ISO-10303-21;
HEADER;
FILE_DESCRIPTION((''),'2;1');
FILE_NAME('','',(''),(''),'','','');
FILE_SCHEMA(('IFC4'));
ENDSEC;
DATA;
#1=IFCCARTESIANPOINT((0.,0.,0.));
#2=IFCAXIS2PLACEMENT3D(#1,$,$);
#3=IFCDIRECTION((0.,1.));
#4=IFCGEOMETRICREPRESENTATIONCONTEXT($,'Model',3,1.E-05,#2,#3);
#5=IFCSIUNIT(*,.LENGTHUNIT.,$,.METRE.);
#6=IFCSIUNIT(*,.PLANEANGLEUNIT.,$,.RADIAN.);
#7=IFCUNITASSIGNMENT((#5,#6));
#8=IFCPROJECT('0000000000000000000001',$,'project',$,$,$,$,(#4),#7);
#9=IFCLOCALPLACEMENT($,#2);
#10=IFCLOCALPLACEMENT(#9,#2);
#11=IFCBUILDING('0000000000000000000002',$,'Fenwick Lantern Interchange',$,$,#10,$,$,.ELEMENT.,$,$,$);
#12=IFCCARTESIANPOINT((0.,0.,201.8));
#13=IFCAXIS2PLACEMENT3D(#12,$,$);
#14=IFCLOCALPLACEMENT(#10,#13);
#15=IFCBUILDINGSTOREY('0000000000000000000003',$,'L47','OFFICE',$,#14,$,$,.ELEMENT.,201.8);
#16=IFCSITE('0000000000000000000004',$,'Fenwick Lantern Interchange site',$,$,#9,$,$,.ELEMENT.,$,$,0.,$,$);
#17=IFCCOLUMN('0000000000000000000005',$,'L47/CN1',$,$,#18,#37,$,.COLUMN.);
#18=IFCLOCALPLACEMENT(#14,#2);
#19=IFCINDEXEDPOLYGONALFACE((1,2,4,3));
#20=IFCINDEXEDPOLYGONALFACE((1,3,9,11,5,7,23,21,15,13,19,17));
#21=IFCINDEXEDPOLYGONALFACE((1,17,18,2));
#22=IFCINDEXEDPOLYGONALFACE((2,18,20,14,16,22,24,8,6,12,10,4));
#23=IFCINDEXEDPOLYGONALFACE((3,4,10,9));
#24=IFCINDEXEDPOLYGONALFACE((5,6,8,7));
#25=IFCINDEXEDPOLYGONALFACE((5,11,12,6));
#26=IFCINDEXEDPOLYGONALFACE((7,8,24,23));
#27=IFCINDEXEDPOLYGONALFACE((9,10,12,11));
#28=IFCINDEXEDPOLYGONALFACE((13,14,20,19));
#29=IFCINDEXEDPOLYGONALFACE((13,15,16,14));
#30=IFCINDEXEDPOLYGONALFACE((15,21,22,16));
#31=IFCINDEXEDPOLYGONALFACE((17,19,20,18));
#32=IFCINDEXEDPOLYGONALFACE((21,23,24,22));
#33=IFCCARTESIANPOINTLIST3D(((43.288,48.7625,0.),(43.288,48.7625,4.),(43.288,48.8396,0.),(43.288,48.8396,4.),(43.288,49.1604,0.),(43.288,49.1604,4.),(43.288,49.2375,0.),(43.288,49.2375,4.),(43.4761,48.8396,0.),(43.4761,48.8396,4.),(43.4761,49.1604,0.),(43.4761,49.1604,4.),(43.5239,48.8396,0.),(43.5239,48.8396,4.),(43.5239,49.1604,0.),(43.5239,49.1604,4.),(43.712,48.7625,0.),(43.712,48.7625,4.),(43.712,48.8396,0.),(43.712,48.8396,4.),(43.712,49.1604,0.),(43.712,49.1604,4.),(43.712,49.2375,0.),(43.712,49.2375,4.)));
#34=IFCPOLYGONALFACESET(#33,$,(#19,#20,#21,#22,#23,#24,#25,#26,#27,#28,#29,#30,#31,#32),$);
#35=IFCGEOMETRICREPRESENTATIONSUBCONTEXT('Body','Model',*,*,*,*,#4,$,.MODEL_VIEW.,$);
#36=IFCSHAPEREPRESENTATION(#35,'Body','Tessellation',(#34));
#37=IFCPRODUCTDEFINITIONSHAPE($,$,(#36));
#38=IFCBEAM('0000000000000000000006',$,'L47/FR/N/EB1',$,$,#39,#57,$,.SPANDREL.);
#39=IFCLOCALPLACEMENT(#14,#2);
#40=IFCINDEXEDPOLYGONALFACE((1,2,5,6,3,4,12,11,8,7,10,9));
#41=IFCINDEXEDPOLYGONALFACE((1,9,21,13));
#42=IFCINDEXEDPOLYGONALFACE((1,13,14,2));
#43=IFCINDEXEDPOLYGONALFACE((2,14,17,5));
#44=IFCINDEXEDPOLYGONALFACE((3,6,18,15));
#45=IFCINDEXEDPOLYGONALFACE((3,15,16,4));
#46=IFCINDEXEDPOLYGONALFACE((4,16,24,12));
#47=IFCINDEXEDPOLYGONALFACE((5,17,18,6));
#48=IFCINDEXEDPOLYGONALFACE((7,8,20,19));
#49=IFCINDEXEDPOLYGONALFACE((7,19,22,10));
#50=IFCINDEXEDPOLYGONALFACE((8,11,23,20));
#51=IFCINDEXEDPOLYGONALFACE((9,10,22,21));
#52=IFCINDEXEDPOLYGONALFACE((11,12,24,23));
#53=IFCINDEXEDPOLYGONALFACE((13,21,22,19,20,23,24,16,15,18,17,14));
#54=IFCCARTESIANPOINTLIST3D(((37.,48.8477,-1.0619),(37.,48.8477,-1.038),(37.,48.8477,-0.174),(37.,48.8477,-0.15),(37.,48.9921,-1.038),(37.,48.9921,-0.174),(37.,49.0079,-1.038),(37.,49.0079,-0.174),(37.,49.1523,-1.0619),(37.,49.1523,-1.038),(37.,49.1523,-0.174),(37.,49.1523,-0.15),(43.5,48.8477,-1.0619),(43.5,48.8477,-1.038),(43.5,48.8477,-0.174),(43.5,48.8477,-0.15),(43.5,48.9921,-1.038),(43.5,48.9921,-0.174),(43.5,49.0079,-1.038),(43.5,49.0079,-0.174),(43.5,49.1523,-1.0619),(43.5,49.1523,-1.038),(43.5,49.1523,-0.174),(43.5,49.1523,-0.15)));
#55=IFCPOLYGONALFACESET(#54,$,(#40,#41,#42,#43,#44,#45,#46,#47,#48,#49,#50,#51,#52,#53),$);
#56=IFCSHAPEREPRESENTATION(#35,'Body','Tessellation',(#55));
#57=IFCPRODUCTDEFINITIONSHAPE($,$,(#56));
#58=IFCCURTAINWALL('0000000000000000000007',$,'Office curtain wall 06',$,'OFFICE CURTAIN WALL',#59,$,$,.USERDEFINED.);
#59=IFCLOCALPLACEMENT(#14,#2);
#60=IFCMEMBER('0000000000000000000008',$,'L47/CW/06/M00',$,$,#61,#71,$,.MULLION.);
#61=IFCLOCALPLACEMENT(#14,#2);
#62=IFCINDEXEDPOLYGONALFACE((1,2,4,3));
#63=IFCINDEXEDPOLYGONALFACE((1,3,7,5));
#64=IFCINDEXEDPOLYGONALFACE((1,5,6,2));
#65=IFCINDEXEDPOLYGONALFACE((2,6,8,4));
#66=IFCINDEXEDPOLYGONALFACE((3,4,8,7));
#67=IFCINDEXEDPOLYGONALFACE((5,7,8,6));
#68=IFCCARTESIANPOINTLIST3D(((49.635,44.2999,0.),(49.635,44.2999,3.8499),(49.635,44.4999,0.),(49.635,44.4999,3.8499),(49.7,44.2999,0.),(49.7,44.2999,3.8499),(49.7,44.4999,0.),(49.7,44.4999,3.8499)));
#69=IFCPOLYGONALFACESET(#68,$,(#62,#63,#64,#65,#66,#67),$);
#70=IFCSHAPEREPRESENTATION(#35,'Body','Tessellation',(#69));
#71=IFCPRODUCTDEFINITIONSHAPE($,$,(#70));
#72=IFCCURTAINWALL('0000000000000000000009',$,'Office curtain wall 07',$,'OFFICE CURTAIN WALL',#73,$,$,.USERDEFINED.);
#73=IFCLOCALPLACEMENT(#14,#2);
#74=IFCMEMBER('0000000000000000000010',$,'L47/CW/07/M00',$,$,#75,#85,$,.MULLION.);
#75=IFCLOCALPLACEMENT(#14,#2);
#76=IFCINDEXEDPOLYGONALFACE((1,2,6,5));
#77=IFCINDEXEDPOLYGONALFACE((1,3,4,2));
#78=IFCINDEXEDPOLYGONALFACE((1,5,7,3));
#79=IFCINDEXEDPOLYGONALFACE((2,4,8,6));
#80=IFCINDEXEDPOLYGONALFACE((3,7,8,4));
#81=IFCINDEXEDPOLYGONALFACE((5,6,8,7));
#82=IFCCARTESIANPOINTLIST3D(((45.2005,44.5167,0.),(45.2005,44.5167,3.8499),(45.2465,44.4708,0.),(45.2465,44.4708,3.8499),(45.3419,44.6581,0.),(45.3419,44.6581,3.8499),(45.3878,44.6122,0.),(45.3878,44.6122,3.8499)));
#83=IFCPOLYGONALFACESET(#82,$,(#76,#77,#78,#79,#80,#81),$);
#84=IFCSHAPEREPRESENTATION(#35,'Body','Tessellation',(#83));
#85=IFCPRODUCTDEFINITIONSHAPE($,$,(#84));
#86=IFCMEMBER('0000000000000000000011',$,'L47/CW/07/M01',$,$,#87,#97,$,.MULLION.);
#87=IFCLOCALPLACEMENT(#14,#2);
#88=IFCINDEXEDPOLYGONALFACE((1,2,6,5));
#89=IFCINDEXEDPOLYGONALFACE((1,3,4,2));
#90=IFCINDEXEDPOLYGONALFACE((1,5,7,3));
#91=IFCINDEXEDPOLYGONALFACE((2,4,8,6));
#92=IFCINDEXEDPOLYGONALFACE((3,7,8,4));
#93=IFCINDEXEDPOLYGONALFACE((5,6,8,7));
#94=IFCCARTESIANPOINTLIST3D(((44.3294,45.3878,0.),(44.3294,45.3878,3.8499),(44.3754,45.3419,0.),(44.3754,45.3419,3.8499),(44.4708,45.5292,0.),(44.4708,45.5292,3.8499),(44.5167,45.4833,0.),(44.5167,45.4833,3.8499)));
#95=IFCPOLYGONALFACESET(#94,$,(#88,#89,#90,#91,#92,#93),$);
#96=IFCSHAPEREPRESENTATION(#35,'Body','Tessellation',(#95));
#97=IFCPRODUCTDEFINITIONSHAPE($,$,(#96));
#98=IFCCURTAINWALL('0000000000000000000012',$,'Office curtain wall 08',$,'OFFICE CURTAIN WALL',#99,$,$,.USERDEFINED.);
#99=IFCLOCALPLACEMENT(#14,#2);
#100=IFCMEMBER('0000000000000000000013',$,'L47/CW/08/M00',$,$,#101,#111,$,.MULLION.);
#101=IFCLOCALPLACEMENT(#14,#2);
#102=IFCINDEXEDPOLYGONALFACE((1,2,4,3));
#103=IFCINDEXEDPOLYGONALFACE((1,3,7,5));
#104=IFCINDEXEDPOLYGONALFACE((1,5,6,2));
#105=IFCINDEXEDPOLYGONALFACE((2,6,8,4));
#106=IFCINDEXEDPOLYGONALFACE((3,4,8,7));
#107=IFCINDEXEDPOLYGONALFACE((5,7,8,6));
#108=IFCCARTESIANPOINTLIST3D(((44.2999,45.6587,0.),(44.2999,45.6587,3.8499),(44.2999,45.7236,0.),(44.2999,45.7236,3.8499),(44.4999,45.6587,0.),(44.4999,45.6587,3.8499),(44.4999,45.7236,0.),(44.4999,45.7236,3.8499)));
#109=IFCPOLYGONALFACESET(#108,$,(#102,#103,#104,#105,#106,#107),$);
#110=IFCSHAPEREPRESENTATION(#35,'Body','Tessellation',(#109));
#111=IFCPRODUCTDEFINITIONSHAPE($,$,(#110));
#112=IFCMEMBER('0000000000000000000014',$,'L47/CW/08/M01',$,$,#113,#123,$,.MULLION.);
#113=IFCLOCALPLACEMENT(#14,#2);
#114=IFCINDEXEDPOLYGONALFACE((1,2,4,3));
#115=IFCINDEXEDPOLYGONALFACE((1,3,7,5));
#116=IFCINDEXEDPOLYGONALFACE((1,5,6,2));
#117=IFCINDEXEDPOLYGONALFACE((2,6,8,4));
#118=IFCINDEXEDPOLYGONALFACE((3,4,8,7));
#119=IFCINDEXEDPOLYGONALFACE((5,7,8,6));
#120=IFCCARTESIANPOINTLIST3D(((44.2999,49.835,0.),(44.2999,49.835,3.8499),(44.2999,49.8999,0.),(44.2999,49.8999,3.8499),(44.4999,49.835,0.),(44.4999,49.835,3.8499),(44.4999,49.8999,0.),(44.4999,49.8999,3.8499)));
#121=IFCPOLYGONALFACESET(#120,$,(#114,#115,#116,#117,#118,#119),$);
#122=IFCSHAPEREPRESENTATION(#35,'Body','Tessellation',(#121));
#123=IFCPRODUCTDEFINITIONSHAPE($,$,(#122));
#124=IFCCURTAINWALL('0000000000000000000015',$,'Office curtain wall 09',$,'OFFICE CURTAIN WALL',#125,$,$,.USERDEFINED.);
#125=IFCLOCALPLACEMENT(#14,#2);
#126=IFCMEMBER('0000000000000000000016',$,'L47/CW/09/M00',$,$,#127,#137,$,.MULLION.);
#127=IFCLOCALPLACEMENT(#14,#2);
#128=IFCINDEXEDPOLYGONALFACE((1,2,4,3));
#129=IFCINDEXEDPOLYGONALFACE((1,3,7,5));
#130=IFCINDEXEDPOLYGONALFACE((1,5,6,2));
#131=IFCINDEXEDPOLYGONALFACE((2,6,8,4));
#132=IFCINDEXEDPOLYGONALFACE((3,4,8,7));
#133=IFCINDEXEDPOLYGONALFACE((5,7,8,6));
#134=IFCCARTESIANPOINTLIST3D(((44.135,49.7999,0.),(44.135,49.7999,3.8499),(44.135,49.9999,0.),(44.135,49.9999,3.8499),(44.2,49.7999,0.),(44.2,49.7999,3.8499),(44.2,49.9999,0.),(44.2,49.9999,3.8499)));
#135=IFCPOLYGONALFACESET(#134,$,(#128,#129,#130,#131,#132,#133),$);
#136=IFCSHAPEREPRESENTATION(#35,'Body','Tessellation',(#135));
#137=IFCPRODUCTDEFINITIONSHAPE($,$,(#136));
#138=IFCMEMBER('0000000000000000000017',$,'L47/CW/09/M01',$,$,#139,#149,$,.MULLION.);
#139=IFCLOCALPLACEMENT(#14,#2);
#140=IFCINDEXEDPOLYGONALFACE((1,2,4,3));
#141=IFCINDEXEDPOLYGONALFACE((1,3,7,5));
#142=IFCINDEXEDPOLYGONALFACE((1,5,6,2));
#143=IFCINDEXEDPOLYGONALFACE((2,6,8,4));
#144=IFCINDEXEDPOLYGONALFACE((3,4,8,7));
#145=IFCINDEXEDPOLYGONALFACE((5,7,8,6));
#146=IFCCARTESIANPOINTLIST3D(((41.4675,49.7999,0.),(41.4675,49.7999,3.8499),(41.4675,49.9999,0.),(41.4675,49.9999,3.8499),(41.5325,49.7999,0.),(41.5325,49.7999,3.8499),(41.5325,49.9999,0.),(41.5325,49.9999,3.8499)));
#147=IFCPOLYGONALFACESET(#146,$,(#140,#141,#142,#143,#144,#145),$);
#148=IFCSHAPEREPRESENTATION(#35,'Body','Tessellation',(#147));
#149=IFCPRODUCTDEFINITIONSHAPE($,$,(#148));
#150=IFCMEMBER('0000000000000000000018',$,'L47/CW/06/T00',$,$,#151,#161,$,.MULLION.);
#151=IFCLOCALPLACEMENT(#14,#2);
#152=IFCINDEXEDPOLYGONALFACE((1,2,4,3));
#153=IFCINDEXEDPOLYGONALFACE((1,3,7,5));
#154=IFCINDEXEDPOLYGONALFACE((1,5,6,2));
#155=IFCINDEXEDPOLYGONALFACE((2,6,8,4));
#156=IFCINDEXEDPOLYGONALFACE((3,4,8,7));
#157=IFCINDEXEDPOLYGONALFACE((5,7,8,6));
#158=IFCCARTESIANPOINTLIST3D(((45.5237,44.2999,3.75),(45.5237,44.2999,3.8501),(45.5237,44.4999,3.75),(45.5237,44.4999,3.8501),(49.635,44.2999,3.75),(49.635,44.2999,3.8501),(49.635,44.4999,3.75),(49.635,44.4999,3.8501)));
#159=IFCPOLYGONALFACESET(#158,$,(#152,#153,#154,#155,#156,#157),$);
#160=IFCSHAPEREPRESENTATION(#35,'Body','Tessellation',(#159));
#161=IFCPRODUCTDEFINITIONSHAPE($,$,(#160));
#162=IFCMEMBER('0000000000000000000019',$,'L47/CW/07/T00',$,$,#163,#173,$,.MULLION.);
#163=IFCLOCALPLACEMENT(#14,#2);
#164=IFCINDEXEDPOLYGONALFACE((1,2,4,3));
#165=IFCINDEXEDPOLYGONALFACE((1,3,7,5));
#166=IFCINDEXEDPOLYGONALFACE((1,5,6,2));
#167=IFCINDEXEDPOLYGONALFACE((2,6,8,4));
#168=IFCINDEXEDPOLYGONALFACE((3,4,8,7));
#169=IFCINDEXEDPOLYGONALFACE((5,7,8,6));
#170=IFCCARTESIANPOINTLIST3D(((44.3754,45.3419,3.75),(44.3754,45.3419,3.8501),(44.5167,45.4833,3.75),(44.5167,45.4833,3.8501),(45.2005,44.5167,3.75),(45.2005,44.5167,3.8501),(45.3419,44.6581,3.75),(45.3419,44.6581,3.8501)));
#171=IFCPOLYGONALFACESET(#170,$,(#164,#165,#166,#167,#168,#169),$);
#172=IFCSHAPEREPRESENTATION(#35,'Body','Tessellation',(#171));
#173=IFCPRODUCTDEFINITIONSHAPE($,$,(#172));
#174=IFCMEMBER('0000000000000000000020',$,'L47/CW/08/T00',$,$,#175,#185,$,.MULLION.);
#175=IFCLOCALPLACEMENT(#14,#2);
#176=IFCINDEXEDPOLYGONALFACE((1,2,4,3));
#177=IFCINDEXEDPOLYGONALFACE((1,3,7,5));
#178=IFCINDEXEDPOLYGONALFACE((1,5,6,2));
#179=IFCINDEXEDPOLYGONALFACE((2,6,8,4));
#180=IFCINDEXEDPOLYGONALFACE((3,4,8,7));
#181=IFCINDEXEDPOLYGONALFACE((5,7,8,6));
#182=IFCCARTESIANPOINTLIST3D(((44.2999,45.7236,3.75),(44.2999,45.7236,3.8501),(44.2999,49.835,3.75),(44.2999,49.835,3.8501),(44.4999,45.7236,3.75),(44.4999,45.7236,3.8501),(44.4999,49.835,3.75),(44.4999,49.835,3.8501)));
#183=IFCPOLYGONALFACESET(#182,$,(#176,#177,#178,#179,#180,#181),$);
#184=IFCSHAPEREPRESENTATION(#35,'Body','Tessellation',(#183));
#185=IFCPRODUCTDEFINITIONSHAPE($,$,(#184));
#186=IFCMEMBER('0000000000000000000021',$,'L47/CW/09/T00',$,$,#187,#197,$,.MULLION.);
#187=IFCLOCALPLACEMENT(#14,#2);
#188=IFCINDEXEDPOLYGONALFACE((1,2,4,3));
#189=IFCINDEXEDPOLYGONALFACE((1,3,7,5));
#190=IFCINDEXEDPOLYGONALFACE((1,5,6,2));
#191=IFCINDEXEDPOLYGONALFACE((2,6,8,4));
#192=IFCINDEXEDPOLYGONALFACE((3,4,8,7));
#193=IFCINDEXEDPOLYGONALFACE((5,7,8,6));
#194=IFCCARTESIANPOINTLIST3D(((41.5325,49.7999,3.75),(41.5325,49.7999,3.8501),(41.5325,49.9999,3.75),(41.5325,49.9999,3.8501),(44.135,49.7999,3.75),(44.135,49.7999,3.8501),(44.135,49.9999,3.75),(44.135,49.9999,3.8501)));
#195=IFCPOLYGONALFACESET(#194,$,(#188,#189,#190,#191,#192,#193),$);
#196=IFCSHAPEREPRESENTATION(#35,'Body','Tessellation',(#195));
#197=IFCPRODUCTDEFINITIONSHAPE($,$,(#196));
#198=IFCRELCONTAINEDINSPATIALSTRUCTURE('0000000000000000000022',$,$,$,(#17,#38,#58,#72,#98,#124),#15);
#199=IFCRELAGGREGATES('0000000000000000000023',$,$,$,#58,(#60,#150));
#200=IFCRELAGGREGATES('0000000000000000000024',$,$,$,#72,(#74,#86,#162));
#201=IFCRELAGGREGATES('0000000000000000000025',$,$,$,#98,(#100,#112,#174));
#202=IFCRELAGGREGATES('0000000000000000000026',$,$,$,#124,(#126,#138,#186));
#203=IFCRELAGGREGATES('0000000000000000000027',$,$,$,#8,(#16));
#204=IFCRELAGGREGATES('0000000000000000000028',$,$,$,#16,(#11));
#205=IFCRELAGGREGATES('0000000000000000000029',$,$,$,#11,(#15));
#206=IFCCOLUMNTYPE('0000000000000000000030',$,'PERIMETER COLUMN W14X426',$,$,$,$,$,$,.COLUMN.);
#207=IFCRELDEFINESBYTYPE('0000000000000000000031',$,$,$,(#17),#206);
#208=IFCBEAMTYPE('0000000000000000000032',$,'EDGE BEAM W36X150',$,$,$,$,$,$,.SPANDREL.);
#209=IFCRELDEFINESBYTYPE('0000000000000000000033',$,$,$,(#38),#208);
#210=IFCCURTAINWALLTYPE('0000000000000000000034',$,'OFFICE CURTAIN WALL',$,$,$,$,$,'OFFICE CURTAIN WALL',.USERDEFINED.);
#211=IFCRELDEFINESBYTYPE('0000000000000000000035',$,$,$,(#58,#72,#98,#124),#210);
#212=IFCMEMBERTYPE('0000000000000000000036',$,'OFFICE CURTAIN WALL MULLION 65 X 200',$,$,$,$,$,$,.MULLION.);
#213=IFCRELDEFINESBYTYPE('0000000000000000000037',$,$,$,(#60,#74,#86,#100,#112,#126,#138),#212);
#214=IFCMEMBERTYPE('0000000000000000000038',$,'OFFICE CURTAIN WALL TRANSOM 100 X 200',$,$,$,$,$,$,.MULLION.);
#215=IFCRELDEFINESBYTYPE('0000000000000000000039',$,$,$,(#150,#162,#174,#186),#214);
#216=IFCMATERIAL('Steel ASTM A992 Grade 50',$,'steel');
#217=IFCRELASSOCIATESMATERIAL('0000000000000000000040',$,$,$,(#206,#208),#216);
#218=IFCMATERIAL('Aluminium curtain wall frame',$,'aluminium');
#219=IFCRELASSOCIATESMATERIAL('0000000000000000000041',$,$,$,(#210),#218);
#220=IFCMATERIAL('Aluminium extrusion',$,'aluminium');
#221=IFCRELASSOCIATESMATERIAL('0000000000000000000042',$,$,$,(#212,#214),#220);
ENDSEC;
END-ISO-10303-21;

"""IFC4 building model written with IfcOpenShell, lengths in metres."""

from ifc_helpers import new_model, si_unit, direction, frame, origin, origin_2d, place, context, subcontext, project, spatial, rectangle, i_section, extrude, material, material_profile, profile_set, type_object, element, aggregate, save


model = new_model("IFC4")

# Units and contexts
model_context = context("Model", 3, precision=1e-05, world=origin(), true_north=direction((0.0, 1.0)))
body_context = subcontext(model_context, "Body", "Model", "MODEL_VIEW")
ifc_project = project(units=[si_unit("LENGTHUNIT", "METRE"), si_unit("PLANEANGLEUNIT", "RADIAN")], contexts=[model_context])

# Site, building, storey
site_placement = place(None, origin())
site = spatial("IfcSite", under=ifc_project, at=site_placement, Name="Fenwick Lantern Interchange site", CompositionType="ELEMENT", RefElevation=0.0)
building_placement = place(site_placement, origin())
building = spatial("IfcBuilding", under=site, at=building_placement, Name="Fenwick Lantern Interchange", CompositionType="ELEMENT")
storey_placement = place(building_placement, frame((0.0, 0.0, 201.8)))
storey = spatial("IfcBuildingStorey", under=building, at=storey_placement, Name="L47", Description="OFFICE", CompositionType="ELEMENT", Elevation=201.8)

# Column
ifc_material_1 = material(Name="Steel ASTM A992 Grade 50", Category="steel")
ifc_material_profile_1 = material_profile(ifc_material_1, i_section(OverallWidth=0.4241, OverallDepth=0.4751, WebThickness=0.0479, FlangeThickness=0.0771, at=origin_2d()), Name="W14X426")
ifc_profile_set_1 = profile_set([ifc_material_profile_1], Name="Steel ASTM A992 Grade 50")
column_type = type_object("IfcColumnType", Name="PERIMETER COLUMN W14X426", PredefinedType="COLUMN", material=ifc_profile_set_1)
column_placement = place(storey_placement, frame((43.5, 49.0, 0.0), z_axis=(0.0, 0.0, 1.0), x_axis=(1.0, 0.0, 0.0)))
element("IfcColumn", 1, at=column_placement, inside=storey, type_object=column_type, Name="L47/CN1", PredefinedType="COLUMN", context=body_context, shape_type="SweptSolid", body=[
    extrude(i_section(OverallWidth=0.4241, OverallDepth=0.4751, WebThickness=0.0479, FlangeThickness=0.0771, at=origin_2d()), origin(), (0.0, 0.0, 1.0), 4.0),
])

# Beam
ifc_material_profile_2 = material_profile(ifc_material_1, i_section(OverallWidth=0.3047, OverallDepth=0.9119, WebThickness=0.0159, FlangeThickness=0.0239, at=origin_2d()), Name="W36X150")
ifc_profile_set_2 = profile_set([ifc_material_profile_2], Name="Steel ASTM A992 Grade 50")
beam_type = type_object("IfcBeamType", Name="EDGE BEAM W36X150", PredefinedType="SPANDREL", material=ifc_profile_set_2)
beam_placement = place(storey_placement, frame((43.5, 49.0, -0.606), z_axis=(-1.0, 0.0, 0.0), x_axis=(0.0, -1.0, 0.0)))
element("IfcBeam", 2, at=beam_placement, inside=storey, type_object=beam_type, Name="L47/FR/N/EB1", PredefinedType="SPANDREL", context=body_context, shape_type="SweptSolid", body=[
    extrude(i_section(OverallWidth=0.3047, OverallDepth=0.9119, WebThickness=0.0159, FlangeThickness=0.0239, at=origin_2d()), origin(), (0.0, 0.0, 1.0), 6.5),
])

# Curtain wall, member
ifc_material_2 = material(Name="Aluminium curtain wall frame", Category="aluminium")
curtain_wall_type = type_object("IfcCurtainWallType", Name="OFFICE CURTAIN WALL", ElementType="OFFICE CURTAIN WALL", PredefinedType="USERDEFINED", material=ifc_material_2)
curtain_wall_1_placement = place(storey_placement, origin())
curtain_wall_1 = element("IfcCurtainWall", 3, at=curtain_wall_1_placement, inside=storey, type_object=curtain_wall_type, Name="Office curtain wall 06", ObjectType="OFFICE CURTAIN WALL", PredefinedType="USERDEFINED")
ifc_material_3 = material(Name="Aluminium extrusion", Category="aluminium")
ifc_material_profile_3 = material_profile(ifc_material_3, rectangle(XDim=0.2, YDim=0.0649, at=origin_2d()), Name="OFFICE CURTAIN WALL MULLION 65 X 200")
ifc_profile_set_3 = profile_set([ifc_material_profile_3], Name="Aluminium extrusion")
member_type_1 = type_object("IfcMemberType", Name="OFFICE CURTAIN WALL MULLION 65 X 200", PredefinedType="MULLION", material=ifc_profile_set_3)
member_1_placement = place(storey_placement, frame((49.6675, 44.3999, 0.0), z_axis=(0.0, 0.0, 1.0), x_axis=(0.0, -1.0, 0.0)))
member_1 = element("IfcMember", 4, at=member_1_placement, type_object=member_type_1, Name="L47/CW/06/M00", PredefinedType="MULLION", context=body_context, shape_type="SweptSolid", body=[
    extrude(rectangle(XDim=0.2, YDim=0.0649, at=origin_2d()), origin(), (0.0, 0.0, 1.0), 3.8499),
])

# Curtain walls, members
curtain_wall_2_placement = place(storey_placement, origin())
curtain_wall_2 = element("IfcCurtainWall", 5, at=curtain_wall_2_placement, inside=storey, type_object=curtain_wall_type, Name="Office curtain wall 07", ObjectType="OFFICE CURTAIN WALL", PredefinedType="USERDEFINED")
member_2_placement = place(storey_placement, frame((45.2942, 44.5645, 0.0), z_axis=(0.0, 0.0, 1.0), x_axis=(-0.707107, -0.707107, 0.0)))
member_2 = element("IfcMember", 6, at=member_2_placement, type_object=member_type_1, Name="L47/CW/07/M00", PredefinedType="MULLION", context=body_context, shape_type="SweptSolid", body=[
    extrude(rectangle(XDim=0.2, YDim=0.0649, at=origin_2d()), origin(), (0.0, 0.0, 1.0), 3.8499),
])
member_3_placement = place(storey_placement, frame((44.4231, 45.4355, 0.0), z_axis=(0.0, 0.0, 1.0), x_axis=(-0.707107, -0.707107, 0.0)))
member_3 = element("IfcMember", 7, at=member_3_placement, type_object=member_type_1, Name="L47/CW/07/M01", PredefinedType="MULLION", context=body_context, shape_type="SweptSolid", body=[
    extrude(rectangle(XDim=0.2, YDim=0.0649, at=origin_2d()), origin(), (0.0, 0.0, 1.0), 3.8499),
])
curtain_wall_3_placement = place(storey_placement, origin())
curtain_wall_3 = element("IfcCurtainWall", 8, at=curtain_wall_3_placement, inside=storey, type_object=curtain_wall_type, Name="Office curtain wall 08", ObjectType="OFFICE CURTAIN WALL", PredefinedType="USERDEFINED")
member_4_placement = place(storey_placement, frame((44.3999, 45.6912, 0.0), z_axis=(0.0, 0.0, 1.0), x_axis=(-1.0, 0.0, 0.0)))
member_4 = element("IfcMember", 9, at=member_4_placement, type_object=member_type_1, Name="L47/CW/08/M00", PredefinedType="MULLION", context=body_context, shape_type="SweptSolid", body=[
    extrude(rectangle(XDim=0.2, YDim=0.0649, at=origin_2d()), origin(), (0.0, 0.0, 1.0), 3.8499),
])
member_5_placement = place(storey_placement, frame((44.3999, 49.8674, 0.0), z_axis=(0.0, 0.0, 1.0), x_axis=(-1.0, 0.0, 0.0)))
member_5 = element("IfcMember", 10, at=member_5_placement, type_object=member_type_1, Name="L47/CW/08/M01", PredefinedType="MULLION", context=body_context, shape_type="SweptSolid", body=[
    extrude(rectangle(XDim=0.2, YDim=0.0649, at=origin_2d()), origin(), (0.0, 0.0, 1.0), 3.8499),
])
curtain_wall_4_placement = place(storey_placement, origin())
curtain_wall_4 = element("IfcCurtainWall", 11, at=curtain_wall_4_placement, inside=storey, type_object=curtain_wall_type, Name="Office curtain wall 09", ObjectType="OFFICE CURTAIN WALL", PredefinedType="USERDEFINED")
member_6_placement = place(storey_placement, frame((44.1675, 49.8999, 0.0), z_axis=(0.0, 0.0, 1.0), x_axis=(0.0, -1.0, 0.0)))
member_6 = element("IfcMember", 12, at=member_6_placement, type_object=member_type_1, Name="L47/CW/09/M00", PredefinedType="MULLION", context=body_context, shape_type="SweptSolid", body=[
    extrude(rectangle(XDim=0.2, YDim=0.0649, at=origin_2d()), origin(), (0.0, 0.0, 1.0), 3.8499),
])
member_7_placement = place(storey_placement, frame((41.5, 49.8999, 0.0), z_axis=(0.0, 0.0, 1.0), x_axis=(0.0, -1.0, 0.0)))
member_7 = element("IfcMember", 13, at=member_7_placement, type_object=member_type_1, Name="L47/CW/09/M01", PredefinedType="MULLION", context=body_context, shape_type="SweptSolid", body=[
    extrude(rectangle(XDim=0.2, YDim=0.0649, at=origin_2d()), origin(), (0.0, 0.0, 1.0), 3.8499),
])

# Members
ifc_material_profile_4 = material_profile(ifc_material_3, rectangle(XDim=0.2, YDim=0.1001, at=origin_2d()), Name="OFFICE CURTAIN WALL TRANSOM 100 X 200")
ifc_profile_set_4 = profile_set([ifc_material_profile_4], Name="Aluminium extrusion")
member_type_2 = type_object("IfcMemberType", Name="OFFICE CURTAIN WALL TRANSOM 100 X 200", PredefinedType="MULLION", material=ifc_profile_set_4)
member_8_placement = place(storey_placement, frame((49.635, 44.3999, 3.8), z_axis=(-1.0, 0.0, 0.0), x_axis=(0.0, -1.0, 0.0)))
member_8 = element("IfcMember", 14, at=member_8_placement, type_object=member_type_2, Name="L47/CW/06/T00", PredefinedType="MULLION", context=body_context, shape_type="SweptSolid", body=[
    extrude(rectangle(XDim=0.2, YDim=0.1001, at=origin_2d()), origin(), (0.0, 0.0, 1.0), 4.1113),
])
member_9_placement = place(storey_placement, frame((45.2712, 44.5874, 3.8), z_axis=(-0.707107, 0.707107, 0.0), x_axis=(-0.707107, -0.707107, 0.0)))
member_9 = element("IfcMember", 15, at=member_9_placement, type_object=member_type_2, Name="L47/CW/07/T00", PredefinedType="MULLION", context=body_context, shape_type="SweptSolid", body=[
    extrude(rectangle(XDim=0.2, YDim=0.1001, at=origin_2d()), origin(), (0.0, 0.0, 1.0), 1.167),
])
member_10_placement = place(storey_placement, frame((44.3999, 45.7236, 3.8), z_axis=(0.0, 1.0, 0.0), x_axis=(-1.0, 0.0, 0.0)))
member_10 = element("IfcMember", 16, at=member_10_placement, type_object=member_type_2, Name="L47/CW/08/T00", PredefinedType="MULLION", context=body_context, shape_type="SweptSolid", body=[
    extrude(rectangle(XDim=0.2, YDim=0.1001, at=origin_2d()), origin(), (0.0, 0.0, 1.0), 4.1113),
])
member_11_placement = place(storey_placement, frame((44.135, 49.8999, 3.8), z_axis=(-1.0, 0.0, 0.0), x_axis=(0.0, -1.0, 0.0)))
member_11 = element("IfcMember", 17, at=member_11_placement, type_object=member_type_2, Name="L47/CW/09/T00", PredefinedType="MULLION", context=body_context, shape_type="SweptSolid", body=[
    extrude(rectangle(XDim=0.2, YDim=0.1001, at=origin_2d()), origin(), (0.0, 0.0, 1.0), 2.6025),
])

aggregate(curtain_wall_1, [member_1, member_8])
aggregate(curtain_wall_2, [member_2, member_3, member_9])
aggregate(curtain_wall_3, [member_4, member_5, member_10])
aggregate(curtain_wall_4, [member_6, member_7, member_11])

save(model, "model.ifc")
